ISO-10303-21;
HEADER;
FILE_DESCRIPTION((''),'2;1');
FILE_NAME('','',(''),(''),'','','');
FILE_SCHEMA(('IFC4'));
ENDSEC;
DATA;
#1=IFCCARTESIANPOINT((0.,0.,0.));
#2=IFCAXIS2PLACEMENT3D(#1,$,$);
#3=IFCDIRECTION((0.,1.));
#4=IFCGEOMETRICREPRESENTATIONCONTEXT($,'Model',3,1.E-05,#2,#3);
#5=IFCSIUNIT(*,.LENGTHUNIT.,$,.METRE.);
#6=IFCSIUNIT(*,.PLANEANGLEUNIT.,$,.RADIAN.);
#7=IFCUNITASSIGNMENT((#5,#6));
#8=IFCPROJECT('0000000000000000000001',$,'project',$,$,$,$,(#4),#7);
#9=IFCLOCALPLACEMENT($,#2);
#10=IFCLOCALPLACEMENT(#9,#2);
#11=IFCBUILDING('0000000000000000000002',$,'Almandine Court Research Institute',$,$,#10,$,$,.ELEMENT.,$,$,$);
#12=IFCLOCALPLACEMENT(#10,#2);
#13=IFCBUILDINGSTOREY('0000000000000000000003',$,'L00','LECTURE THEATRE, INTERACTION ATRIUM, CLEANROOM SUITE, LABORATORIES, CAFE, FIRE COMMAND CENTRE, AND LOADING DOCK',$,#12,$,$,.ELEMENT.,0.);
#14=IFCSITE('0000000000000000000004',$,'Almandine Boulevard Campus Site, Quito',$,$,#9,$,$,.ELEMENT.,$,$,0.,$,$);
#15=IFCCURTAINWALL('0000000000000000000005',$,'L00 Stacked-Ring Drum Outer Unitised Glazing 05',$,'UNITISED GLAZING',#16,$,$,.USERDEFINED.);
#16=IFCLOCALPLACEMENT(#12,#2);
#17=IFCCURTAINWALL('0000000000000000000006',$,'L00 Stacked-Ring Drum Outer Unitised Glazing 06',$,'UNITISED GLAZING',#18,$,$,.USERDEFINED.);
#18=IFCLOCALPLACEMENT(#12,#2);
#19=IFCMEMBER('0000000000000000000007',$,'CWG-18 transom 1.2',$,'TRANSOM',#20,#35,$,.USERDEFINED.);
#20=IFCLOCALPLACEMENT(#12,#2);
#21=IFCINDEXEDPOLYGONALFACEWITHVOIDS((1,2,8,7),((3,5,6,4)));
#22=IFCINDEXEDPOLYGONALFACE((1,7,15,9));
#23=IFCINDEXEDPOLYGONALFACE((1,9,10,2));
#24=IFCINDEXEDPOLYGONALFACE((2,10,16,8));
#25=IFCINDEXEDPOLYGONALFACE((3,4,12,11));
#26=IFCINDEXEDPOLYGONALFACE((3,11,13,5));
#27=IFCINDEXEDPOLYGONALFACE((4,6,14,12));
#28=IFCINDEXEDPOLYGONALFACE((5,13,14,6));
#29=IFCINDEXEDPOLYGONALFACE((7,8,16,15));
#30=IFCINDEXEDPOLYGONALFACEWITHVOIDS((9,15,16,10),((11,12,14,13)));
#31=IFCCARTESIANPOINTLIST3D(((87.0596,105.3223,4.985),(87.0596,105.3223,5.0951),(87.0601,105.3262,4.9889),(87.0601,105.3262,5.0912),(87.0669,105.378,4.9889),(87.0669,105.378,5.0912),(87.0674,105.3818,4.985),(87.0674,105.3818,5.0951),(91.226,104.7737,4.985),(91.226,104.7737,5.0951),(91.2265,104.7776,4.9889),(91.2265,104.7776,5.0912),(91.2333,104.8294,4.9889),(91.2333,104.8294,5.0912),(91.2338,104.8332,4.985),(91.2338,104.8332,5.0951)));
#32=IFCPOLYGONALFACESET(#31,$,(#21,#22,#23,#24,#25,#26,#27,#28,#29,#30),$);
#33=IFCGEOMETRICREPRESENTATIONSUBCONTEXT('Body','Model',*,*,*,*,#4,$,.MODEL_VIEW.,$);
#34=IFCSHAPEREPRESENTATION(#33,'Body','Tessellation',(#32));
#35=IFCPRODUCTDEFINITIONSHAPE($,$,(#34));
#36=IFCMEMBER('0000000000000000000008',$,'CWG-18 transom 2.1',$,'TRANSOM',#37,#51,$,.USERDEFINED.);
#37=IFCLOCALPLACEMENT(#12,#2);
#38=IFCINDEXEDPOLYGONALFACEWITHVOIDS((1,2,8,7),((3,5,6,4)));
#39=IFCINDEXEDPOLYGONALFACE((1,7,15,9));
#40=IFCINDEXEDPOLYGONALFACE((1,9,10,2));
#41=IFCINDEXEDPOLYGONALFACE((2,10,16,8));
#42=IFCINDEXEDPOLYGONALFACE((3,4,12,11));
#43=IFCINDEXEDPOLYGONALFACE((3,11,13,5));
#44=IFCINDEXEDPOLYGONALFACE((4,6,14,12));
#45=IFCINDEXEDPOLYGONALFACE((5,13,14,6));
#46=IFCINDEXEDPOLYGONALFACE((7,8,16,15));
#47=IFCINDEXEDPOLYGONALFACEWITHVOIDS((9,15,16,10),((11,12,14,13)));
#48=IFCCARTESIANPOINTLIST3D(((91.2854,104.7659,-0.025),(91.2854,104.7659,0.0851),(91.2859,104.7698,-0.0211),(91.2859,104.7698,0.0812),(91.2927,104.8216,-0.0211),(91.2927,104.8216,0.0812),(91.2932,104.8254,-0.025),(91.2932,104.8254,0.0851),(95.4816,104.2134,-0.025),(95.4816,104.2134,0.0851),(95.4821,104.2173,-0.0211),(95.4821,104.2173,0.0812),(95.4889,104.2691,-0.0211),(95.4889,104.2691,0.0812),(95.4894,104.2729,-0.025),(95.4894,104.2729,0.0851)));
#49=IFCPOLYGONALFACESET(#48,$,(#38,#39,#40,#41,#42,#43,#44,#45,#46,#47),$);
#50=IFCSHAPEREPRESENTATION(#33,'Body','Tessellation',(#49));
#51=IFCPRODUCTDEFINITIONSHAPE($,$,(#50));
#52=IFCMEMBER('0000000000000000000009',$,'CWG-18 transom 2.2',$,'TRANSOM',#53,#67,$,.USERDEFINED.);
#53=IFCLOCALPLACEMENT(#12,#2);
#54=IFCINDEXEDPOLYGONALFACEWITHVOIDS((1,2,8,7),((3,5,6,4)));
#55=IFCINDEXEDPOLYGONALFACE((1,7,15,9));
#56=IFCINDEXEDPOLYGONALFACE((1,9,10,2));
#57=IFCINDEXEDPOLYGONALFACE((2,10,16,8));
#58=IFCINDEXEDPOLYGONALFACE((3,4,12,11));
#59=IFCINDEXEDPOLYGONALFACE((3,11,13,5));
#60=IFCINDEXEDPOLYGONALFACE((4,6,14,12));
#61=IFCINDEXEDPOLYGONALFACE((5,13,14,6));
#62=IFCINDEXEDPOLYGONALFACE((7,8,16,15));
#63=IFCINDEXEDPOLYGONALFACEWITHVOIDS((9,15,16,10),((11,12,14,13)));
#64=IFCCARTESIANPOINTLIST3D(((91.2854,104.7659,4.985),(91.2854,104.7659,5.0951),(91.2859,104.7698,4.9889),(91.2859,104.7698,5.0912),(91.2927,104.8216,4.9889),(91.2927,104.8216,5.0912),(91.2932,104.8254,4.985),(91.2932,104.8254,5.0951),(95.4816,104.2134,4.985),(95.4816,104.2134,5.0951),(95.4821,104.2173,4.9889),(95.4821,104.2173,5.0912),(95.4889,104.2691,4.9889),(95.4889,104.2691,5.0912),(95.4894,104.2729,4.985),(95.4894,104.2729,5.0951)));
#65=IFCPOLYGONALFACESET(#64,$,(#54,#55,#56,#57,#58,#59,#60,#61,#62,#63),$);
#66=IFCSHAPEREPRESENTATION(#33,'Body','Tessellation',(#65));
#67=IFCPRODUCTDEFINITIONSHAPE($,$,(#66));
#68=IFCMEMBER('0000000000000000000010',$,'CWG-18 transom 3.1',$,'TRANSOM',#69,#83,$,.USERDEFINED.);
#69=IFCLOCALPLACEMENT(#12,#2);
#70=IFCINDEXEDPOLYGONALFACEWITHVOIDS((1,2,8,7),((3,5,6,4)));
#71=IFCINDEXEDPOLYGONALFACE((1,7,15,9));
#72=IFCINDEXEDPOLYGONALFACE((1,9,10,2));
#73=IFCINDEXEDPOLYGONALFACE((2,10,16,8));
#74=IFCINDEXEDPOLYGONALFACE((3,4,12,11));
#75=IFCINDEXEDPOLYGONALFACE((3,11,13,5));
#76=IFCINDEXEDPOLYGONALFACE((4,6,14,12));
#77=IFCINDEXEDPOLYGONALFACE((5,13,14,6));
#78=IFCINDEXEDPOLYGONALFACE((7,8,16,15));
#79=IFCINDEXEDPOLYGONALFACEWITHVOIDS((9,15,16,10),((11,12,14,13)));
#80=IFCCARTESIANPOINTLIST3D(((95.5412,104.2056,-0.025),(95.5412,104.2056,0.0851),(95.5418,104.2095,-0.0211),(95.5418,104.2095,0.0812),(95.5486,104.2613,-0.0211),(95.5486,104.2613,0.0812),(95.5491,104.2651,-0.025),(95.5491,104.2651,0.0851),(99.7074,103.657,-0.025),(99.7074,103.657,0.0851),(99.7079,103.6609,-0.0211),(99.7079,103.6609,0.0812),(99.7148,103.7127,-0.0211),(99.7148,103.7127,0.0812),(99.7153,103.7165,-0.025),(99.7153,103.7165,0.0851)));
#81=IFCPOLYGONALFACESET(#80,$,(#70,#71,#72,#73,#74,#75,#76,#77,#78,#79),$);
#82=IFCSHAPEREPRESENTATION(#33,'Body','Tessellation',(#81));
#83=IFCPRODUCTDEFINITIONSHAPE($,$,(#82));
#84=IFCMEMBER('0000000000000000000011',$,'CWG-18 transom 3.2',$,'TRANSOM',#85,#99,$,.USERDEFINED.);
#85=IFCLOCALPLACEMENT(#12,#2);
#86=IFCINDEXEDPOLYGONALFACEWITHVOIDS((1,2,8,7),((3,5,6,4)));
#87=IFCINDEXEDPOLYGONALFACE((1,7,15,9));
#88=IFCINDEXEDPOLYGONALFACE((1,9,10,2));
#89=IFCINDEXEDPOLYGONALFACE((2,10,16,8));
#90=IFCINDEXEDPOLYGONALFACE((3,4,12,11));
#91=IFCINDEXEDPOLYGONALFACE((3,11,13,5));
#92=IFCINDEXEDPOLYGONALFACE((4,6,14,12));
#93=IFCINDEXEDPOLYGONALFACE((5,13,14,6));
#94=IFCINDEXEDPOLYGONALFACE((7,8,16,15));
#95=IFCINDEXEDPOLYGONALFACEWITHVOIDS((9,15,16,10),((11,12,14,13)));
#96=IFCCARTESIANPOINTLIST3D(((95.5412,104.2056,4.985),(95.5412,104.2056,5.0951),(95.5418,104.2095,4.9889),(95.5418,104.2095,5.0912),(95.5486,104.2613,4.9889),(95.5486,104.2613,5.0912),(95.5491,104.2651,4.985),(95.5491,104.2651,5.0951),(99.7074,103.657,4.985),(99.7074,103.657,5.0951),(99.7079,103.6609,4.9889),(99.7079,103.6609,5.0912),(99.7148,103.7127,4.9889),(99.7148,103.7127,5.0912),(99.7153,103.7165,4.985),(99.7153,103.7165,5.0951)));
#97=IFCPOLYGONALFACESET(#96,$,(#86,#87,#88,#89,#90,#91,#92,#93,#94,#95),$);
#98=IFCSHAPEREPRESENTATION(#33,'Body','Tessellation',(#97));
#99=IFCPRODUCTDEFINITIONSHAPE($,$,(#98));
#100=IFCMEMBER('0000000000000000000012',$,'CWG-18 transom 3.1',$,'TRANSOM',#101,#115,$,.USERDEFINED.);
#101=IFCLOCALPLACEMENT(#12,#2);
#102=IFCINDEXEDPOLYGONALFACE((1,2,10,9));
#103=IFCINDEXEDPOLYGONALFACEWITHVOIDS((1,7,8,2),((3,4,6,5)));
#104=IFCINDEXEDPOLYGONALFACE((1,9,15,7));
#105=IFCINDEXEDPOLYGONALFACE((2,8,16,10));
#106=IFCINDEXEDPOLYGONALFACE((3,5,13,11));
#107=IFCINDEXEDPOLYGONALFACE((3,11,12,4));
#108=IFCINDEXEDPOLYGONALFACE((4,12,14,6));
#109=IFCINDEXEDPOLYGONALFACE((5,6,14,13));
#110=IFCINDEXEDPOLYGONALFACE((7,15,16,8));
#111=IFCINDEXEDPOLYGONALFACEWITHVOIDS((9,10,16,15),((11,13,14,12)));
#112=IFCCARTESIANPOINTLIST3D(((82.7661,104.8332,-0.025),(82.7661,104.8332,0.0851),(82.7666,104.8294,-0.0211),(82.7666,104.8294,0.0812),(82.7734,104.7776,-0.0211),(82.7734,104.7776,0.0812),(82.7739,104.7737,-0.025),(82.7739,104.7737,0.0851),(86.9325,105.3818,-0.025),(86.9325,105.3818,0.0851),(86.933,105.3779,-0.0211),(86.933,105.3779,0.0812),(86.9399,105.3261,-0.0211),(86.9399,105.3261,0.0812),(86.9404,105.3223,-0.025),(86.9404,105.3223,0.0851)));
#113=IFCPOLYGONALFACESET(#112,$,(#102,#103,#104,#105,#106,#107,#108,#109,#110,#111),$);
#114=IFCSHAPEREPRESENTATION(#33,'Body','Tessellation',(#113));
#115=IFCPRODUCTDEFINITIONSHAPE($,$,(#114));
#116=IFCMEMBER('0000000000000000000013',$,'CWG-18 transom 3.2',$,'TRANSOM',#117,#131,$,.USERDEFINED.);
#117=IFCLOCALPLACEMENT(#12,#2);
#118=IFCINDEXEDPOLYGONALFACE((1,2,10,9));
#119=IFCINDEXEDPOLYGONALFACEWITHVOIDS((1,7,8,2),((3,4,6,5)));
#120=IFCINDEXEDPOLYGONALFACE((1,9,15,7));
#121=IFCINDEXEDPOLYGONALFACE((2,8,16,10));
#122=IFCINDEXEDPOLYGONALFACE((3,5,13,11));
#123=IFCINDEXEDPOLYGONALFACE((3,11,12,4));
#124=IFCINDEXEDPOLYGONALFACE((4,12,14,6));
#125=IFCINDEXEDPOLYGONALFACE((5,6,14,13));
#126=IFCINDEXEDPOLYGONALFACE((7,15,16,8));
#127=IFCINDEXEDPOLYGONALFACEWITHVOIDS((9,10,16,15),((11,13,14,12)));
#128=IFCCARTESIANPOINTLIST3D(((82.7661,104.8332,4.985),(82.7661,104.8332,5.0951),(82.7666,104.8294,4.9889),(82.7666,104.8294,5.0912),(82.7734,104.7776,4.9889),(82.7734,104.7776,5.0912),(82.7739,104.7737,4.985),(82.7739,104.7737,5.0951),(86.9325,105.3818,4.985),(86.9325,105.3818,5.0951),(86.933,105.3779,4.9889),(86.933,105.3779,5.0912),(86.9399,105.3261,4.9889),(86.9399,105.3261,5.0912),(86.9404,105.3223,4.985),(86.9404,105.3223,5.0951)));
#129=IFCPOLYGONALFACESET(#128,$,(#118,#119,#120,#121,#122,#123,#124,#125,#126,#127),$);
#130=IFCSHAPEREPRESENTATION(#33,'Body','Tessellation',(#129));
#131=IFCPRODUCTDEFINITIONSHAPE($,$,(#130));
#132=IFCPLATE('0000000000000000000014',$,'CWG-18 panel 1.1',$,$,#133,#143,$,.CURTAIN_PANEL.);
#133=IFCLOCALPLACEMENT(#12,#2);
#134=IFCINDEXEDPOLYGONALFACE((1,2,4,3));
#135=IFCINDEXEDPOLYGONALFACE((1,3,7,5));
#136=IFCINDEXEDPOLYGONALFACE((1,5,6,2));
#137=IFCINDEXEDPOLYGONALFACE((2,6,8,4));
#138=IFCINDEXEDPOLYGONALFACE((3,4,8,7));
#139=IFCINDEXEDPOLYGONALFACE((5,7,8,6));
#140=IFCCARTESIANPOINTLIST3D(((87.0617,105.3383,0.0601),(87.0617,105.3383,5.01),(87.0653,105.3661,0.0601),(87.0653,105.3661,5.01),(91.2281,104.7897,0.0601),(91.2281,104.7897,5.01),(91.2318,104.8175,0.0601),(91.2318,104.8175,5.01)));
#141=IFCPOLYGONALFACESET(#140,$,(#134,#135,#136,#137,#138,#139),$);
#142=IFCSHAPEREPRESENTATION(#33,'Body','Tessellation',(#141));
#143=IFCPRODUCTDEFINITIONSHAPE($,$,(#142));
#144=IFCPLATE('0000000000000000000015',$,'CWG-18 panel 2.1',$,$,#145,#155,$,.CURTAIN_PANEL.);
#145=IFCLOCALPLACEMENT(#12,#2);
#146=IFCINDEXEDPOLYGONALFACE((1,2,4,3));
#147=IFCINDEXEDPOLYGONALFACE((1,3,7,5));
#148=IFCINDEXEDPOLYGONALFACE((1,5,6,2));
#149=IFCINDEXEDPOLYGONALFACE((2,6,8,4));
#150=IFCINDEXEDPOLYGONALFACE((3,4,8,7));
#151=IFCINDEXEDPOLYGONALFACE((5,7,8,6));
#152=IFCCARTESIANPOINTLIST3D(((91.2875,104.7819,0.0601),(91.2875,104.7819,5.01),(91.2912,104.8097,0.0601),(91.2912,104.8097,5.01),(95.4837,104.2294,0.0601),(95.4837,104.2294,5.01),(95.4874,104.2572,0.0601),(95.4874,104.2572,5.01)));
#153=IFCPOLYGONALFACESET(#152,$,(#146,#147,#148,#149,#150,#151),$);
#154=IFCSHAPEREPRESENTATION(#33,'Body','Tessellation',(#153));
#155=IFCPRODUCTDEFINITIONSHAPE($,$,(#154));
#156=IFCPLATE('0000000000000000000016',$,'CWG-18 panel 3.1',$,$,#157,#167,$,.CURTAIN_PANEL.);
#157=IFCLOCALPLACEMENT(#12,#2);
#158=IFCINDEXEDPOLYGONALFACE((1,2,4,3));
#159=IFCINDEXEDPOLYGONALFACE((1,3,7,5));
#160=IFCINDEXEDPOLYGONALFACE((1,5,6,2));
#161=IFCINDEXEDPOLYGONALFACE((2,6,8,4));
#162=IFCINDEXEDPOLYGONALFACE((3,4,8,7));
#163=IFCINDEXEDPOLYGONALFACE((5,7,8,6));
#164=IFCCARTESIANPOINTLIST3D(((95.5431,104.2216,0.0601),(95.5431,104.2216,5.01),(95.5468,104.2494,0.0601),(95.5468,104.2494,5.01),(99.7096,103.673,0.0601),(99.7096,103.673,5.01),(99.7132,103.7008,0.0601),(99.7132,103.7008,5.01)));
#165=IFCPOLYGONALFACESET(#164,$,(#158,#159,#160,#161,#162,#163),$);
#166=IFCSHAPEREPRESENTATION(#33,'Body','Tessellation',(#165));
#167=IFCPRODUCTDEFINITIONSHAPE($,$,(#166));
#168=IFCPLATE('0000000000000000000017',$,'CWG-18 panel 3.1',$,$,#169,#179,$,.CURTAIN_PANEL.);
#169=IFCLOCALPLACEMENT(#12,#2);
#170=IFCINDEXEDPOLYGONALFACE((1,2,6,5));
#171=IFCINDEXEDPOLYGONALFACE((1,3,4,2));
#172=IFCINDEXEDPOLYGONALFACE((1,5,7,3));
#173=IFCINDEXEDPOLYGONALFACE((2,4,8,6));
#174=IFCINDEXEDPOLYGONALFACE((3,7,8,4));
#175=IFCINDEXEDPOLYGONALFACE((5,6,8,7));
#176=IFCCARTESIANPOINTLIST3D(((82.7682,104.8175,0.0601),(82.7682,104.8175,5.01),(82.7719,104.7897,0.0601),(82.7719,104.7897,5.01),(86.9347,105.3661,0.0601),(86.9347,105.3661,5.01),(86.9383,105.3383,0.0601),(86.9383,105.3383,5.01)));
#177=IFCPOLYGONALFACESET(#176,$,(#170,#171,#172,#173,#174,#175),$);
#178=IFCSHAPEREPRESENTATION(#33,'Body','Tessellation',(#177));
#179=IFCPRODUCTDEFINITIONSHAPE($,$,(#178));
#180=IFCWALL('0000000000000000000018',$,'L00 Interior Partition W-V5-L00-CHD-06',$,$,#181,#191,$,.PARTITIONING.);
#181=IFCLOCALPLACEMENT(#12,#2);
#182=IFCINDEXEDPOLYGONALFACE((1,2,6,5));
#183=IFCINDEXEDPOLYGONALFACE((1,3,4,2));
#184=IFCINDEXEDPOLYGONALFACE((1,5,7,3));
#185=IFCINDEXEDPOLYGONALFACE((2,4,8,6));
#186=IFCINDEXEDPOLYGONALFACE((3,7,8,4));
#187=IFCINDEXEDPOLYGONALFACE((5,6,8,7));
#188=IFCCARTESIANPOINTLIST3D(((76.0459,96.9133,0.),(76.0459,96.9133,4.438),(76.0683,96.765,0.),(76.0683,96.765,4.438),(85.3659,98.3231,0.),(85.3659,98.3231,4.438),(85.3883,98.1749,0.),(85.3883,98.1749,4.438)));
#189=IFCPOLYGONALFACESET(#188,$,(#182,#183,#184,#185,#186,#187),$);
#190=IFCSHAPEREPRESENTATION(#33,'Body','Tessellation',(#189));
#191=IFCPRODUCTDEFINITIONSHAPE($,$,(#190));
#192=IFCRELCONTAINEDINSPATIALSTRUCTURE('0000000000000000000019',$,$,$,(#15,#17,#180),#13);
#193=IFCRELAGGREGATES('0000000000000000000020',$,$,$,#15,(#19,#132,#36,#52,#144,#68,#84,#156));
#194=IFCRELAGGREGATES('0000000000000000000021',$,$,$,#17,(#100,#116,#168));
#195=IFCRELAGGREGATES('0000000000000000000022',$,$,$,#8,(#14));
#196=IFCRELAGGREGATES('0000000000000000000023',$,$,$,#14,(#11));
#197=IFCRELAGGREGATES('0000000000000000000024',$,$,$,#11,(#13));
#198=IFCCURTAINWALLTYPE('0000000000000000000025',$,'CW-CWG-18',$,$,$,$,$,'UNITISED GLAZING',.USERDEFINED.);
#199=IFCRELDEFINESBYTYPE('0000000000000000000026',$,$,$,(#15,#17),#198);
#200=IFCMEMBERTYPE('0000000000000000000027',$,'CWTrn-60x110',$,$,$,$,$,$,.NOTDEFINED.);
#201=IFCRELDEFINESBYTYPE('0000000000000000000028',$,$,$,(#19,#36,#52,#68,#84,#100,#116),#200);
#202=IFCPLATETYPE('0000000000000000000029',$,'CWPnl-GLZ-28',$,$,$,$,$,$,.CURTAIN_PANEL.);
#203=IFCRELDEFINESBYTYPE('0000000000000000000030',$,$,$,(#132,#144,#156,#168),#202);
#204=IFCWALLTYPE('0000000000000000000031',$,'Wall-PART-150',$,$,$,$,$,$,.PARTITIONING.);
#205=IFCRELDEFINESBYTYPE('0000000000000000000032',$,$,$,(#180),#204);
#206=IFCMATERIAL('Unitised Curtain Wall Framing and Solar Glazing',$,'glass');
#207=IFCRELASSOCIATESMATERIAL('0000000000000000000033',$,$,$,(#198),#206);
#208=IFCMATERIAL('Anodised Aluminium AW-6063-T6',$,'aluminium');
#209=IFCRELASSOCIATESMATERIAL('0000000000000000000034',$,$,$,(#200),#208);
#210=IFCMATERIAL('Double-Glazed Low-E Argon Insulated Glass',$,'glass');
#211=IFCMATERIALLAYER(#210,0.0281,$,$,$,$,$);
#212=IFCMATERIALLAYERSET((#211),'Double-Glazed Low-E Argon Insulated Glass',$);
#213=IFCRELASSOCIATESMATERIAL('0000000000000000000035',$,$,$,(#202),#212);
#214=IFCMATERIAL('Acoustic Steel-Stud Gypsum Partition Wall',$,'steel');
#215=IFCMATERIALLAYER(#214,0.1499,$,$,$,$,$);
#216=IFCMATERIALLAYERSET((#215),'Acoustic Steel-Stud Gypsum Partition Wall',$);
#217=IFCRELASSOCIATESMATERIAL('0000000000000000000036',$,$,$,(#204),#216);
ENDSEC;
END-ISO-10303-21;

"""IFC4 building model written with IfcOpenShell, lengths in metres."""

from ifc_helpers import new_model, si_unit, direction, frame, frame_2d, origin, origin_2d, place, context, subcontext, project, spatial, rectangle, hollow_rectangle, extrude, material, layer, layer_set, material_profile, profile_set, type_object, element, aggregate, save


model = new_model("IFC4")

# Units and contexts
model_context = context("Model", 3, precision=1e-05, world=origin(), true_north=direction((0.0, 1.0)))
body_context = subcontext(model_context, "Body", "Model", "MODEL_VIEW")
ifc_project = project(units=[si_unit("LENGTHUNIT", "METRE"), si_unit("PLANEANGLEUNIT", "RADIAN")], contexts=[model_context])

# Site, building, storey
site_placement = place(None, origin())
site = spatial("IfcSite", under=ifc_project, at=site_placement, Name="Almandine Boulevard Campus Site, Quito", CompositionType="ELEMENT", RefElevation=0.0)
building_placement = place(site_placement, origin())
building = spatial("IfcBuilding", under=site, at=building_placement, Name="Almandine Court Research Institute", CompositionType="ELEMENT")
storey_placement = place(building_placement, origin())
storey = spatial("IfcBuildingStorey", under=building, at=storey_placement, Name="L00", Description="LECTURE THEATRE, INTERACTION ATRIUM, CLEANROOM SUITE, LABORATORIES, CAFE, FIRE COMMAND CENTRE, AND LOADING DOCK", CompositionType="ELEMENT", Elevation=0.0)

# Curtain walls
ifc_material_1 = material(Name="Unitised Curtain Wall Framing and Solar Glazing", Category="glass")
curtain_wall_type = type_object("IfcCurtainWallType", Name="CW-CWG-18", ElementType="UNITISED GLAZING", PredefinedType="USERDEFINED", material=ifc_material_1)
curtain_wall_1_placement = place(storey_placement, origin())
curtain_wall_1 = element("IfcCurtainWall", 1, at=curtain_wall_1_placement, inside=storey, type_object=curtain_wall_type, Name="L00 Stacked-Ring Drum Outer Unitised Glazing 05", ObjectType="UNITISED GLAZING", PredefinedType="USERDEFINED")
ifc_material_2 = material(Name="Anodised Aluminium AW-6063-T6", Category="aluminium")
curtain_wall_2_placement = place(storey_placement, origin())
curtain_wall_2 = element("IfcCurtainWall", 2, at=curtain_wall_2_placement, inside=storey, type_object=curtain_wall_type, Name="L00 Stacked-Ring Drum Outer Unitised Glazing 06", ObjectType="UNITISED GLAZING", PredefinedType="USERDEFINED")

# Members
ifc_material_profile_1 = material_profile(ifc_material_2, hollow_rectangle(XDim=0.0601, YDim=0.1101, WallThickness=0.0039, at=origin_2d()), Name="ALU RHS 60x110x4")
ifc_profile_set_1 = profile_set([ifc_material_profile_1], Name="Anodised Aluminium AW-6063-T6")
member_type_1 = type_object("IfcMemberType", Name="CWTrn-60x110", PredefinedType="NOTDEFINED", material=ifc_profile_set_1)
member_1_placement = place(storey_placement, frame((87.0635, 105.3521, 5.04), z_axis=(0.991443, -0.130539, 0.0), x_axis=(0.130539, 0.991443, 0.0)))
member_1 = element("IfcMember", 3, at=member_1_placement, type_object=member_type_1, Name="CWG-18 transom 1.2", ObjectType="TRANSOM", PredefinedType="USERDEFINED", context=body_context, shape_type="SweptSolid", body=[
    extrude(hollow_rectangle(XDim=0.0601, YDim=0.1101, WallThickness=0.0039, at=origin_2d()), origin(), (0.0, 0.0, 1.0), 4.2024),
])
member_2_placement = place(storey_placement, frame((91.2893, 104.7957, 0.03), z_axis=(0.991444, -0.130535, 0.0), x_axis=(0.130535, 0.991444, 0.0)))
member_2 = element("IfcMember", 4, at=member_2_placement, type_object=member_type_1, Name="CWG-18 transom 2.1", ObjectType="TRANSOM", PredefinedType="USERDEFINED", context=body_context, shape_type="SweptSolid", body=[
    extrude(hollow_rectangle(XDim=0.0601, YDim=0.1101, WallThickness=0.0039, at=origin_2d()), origin(), (0.0, 0.0, 1.0), 4.2324),
])
member_3_placement = place(storey_placement, frame((91.2893, 104.7957, 5.04), z_axis=(0.991444, -0.130535, 0.0), x_axis=(0.130535, 0.991444, 0.0)))
member_3 = element("IfcMember", 5, at=member_3_placement, type_object=member_type_1, Name="CWG-18 transom 2.2", ObjectType="TRANSOM", PredefinedType="USERDEFINED", context=body_context, shape_type="SweptSolid", body=[
    extrude(hollow_rectangle(XDim=0.0601, YDim=0.1101, WallThickness=0.0039, at=origin_2d()), origin(), (0.0, 0.0, 1.0), 4.2324),
])
member_4_placement = place(storey_placement, frame((95.5452, 104.2354, 0.03), z_axis=(0.991442, -0.130546, 0.0), x_axis=(0.130546, 0.991442, 0.0)))
member_4 = element("IfcMember", 6, at=member_4_placement, type_object=member_type_1, Name="CWG-18 transom 3.1", ObjectType="TRANSOM", PredefinedType="USERDEFINED", context=body_context, shape_type="SweptSolid", body=[
    extrude(hollow_rectangle(XDim=0.0601, YDim=0.1101, WallThickness=0.0039, at=origin_2d()), origin(), (0.0, 0.0, 1.0), 4.2021),
])
member_5_placement = place(storey_placement, frame((95.5452, 104.2354, 5.04), z_axis=(0.991442, -0.130546, 0.0), x_axis=(0.130546, 0.991442, 0.0)))
member_5 = element("IfcMember", 7, at=member_5_placement, type_object=member_type_1, Name="CWG-18 transom 3.2", ObjectType="TRANSOM", PredefinedType="USERDEFINED", context=body_context, shape_type="SweptSolid", body=[
    extrude(hollow_rectangle(XDim=0.0601, YDim=0.1101, WallThickness=0.0039, at=origin_2d()), origin(), (0.0, 0.0, 1.0), 4.2021),
])
member_6_placement = place(storey_placement, frame((82.77, 104.8035, 0.03), z_axis=(0.991443, 0.130539, 0.0), x_axis=(-0.130539, 0.991443, 0.0)))
member_6 = element("IfcMember", 8, at=member_6_placement, type_object=member_type_1, Name="CWG-18 transom 3.1", ObjectType="TRANSOM", PredefinedType="USERDEFINED", context=body_context, shape_type="SweptSolid", body=[
    extrude(hollow_rectangle(XDim=0.0601, YDim=0.1101, WallThickness=0.0039, at=origin_2d()), origin(), (0.0, 0.0, 1.0), 4.2024),
])
member_7_placement = place(storey_placement, frame((82.77, 104.8035, 5.04), z_axis=(0.991443, 0.130539, 0.0), x_axis=(-0.130539, 0.991443, 0.0)))
member_7 = element("IfcMember", 9, at=member_7_placement, type_object=member_type_1, Name="CWG-18 transom 3.2", ObjectType="TRANSOM", PredefinedType="USERDEFINED", context=body_context, shape_type="SweptSolid", body=[
    extrude(hollow_rectangle(XDim=0.0601, YDim=0.1101, WallThickness=0.0039, at=origin_2d()), origin(), (0.0, 0.0, 1.0), 4.2024),
])

# Plates
ifc_material_3 = material(Name="Double-Glazed Low-E Argon Insulated Glass", Category="glass")
ifc_layer_1 = layer(ifc_material_3, 0.0281)
ifc_layer_set_1 = layer_set([ifc_layer_1], Name="Double-Glazed Low-E Argon Insulated Glass")
plate_type = type_object("IfcPlateType", Name="CWPnl-GLZ-28", PredefinedType="CURTAIN_PANEL", material=ifc_layer_set_1)
plate_1_placement = place(storey_placement, frame((89.1467, 105.0779, 0.0601), z_axis=(0.0, 0.0, 1.0), x_axis=(0.991443, -0.130541, 0.0)))
plate_1 = element("IfcPlate", 10, at=plate_1_placement, type_object=plate_type, Name="CWG-18 panel 1.1", PredefinedType="CURTAIN_PANEL", context=body_context, shape_type="SweptSolid", body=[
    extrude(rectangle(XDim=4.2024, YDim=0.0281, at=origin_2d()), origin(), (0.0, 0.0, 1.0), 4.95),
])
plate_2_placement = place(storey_placement, frame((93.3875, 104.5195, 0.0601), z_axis=(0.0, 0.0, 1.0), x_axis=(0.991443, -0.130541, 0.0)))
plate_2 = element("IfcPlate", 11, at=plate_2_placement, type_object=plate_type, Name="CWG-18 panel 2.1", PredefinedType="CURTAIN_PANEL", context=body_context, shape_type="SweptSolid", body=[
    extrude(rectangle(XDim=4.2324, YDim=0.0281, at=origin_2d()), origin(), (0.0, 0.0, 1.0), 4.95),
])
plate_3_placement = place(storey_placement, frame((97.6282, 103.9612, 0.0601), z_axis=(0.0, 0.0, 1.0), x_axis=(0.991443, -0.130541, 0.0)))
plate_3 = element("IfcPlate", 12, at=plate_3_placement, type_object=plate_type, Name="CWG-18 panel 3.1", PredefinedType="CURTAIN_PANEL", context=body_context, shape_type="SweptSolid", body=[
    extrude(rectangle(XDim=4.2024, YDim=0.0281, at=origin_2d()), origin(), (0.0, 0.0, 1.0), 4.95),
])
aggregate(curtain_wall_1, [member_1, plate_1, member_2, member_3, plate_2, member_4, member_5, plate_3])
plate_4_placement = place(storey_placement, frame((84.8533, 105.0779, 0.0601), z_axis=(0.0, 0.0, 1.0), x_axis=(0.991443, 0.130541, 0.0)))
plate_4 = element("IfcPlate", 13, at=plate_4_placement, type_object=plate_type, Name="CWG-18 panel 3.1", PredefinedType="CURTAIN_PANEL", context=body_context, shape_type="SweptSolid", body=[
    extrude(rectangle(XDim=4.2024, YDim=0.0281, at=origin_2d()), origin(), (0.0, 0.0, 1.0), 4.95),
])
aggregate(curtain_wall_2, [member_6, member_7, plate_4])

# Wall
ifc_material_4 = material(Name="Acoustic Steel-Stud Gypsum Partition Wall", Category="steel")
ifc_layer_2 = layer(ifc_material_4, 0.1499)
ifc_layer_set_2 = layer_set([ifc_layer_2], Name="Acoustic Steel-Stud Gypsum Partition Wall")
wall_type_1 = type_object("IfcWallType", Name="Wall-PART-150", PredefinedType="PARTITIONING", material=ifc_layer_set_2)
wall_1_placement = place(storey_placement, frame((85.377, 98.249, 0.0), z_axis=(0.0, 0.0, 1.0), x_axis=(-0.98875, -0.149575, 0.0)))
element("IfcWall", 14, at=wall_1_placement, inside=storey, type_object=wall_type_1, Name="L00 Interior Partition W-V5-L00-CHD-06", PredefinedType="PARTITIONING", context=body_context, shape_type="SweptSolid", body=[
    extrude(rectangle(XDim=9.426, YDim=0.1499, at=frame_2d((4.7129, 0.0))), origin(), (0.0, 0.0, 1.0), 4.438),
])

save(model, "model.ifc")
